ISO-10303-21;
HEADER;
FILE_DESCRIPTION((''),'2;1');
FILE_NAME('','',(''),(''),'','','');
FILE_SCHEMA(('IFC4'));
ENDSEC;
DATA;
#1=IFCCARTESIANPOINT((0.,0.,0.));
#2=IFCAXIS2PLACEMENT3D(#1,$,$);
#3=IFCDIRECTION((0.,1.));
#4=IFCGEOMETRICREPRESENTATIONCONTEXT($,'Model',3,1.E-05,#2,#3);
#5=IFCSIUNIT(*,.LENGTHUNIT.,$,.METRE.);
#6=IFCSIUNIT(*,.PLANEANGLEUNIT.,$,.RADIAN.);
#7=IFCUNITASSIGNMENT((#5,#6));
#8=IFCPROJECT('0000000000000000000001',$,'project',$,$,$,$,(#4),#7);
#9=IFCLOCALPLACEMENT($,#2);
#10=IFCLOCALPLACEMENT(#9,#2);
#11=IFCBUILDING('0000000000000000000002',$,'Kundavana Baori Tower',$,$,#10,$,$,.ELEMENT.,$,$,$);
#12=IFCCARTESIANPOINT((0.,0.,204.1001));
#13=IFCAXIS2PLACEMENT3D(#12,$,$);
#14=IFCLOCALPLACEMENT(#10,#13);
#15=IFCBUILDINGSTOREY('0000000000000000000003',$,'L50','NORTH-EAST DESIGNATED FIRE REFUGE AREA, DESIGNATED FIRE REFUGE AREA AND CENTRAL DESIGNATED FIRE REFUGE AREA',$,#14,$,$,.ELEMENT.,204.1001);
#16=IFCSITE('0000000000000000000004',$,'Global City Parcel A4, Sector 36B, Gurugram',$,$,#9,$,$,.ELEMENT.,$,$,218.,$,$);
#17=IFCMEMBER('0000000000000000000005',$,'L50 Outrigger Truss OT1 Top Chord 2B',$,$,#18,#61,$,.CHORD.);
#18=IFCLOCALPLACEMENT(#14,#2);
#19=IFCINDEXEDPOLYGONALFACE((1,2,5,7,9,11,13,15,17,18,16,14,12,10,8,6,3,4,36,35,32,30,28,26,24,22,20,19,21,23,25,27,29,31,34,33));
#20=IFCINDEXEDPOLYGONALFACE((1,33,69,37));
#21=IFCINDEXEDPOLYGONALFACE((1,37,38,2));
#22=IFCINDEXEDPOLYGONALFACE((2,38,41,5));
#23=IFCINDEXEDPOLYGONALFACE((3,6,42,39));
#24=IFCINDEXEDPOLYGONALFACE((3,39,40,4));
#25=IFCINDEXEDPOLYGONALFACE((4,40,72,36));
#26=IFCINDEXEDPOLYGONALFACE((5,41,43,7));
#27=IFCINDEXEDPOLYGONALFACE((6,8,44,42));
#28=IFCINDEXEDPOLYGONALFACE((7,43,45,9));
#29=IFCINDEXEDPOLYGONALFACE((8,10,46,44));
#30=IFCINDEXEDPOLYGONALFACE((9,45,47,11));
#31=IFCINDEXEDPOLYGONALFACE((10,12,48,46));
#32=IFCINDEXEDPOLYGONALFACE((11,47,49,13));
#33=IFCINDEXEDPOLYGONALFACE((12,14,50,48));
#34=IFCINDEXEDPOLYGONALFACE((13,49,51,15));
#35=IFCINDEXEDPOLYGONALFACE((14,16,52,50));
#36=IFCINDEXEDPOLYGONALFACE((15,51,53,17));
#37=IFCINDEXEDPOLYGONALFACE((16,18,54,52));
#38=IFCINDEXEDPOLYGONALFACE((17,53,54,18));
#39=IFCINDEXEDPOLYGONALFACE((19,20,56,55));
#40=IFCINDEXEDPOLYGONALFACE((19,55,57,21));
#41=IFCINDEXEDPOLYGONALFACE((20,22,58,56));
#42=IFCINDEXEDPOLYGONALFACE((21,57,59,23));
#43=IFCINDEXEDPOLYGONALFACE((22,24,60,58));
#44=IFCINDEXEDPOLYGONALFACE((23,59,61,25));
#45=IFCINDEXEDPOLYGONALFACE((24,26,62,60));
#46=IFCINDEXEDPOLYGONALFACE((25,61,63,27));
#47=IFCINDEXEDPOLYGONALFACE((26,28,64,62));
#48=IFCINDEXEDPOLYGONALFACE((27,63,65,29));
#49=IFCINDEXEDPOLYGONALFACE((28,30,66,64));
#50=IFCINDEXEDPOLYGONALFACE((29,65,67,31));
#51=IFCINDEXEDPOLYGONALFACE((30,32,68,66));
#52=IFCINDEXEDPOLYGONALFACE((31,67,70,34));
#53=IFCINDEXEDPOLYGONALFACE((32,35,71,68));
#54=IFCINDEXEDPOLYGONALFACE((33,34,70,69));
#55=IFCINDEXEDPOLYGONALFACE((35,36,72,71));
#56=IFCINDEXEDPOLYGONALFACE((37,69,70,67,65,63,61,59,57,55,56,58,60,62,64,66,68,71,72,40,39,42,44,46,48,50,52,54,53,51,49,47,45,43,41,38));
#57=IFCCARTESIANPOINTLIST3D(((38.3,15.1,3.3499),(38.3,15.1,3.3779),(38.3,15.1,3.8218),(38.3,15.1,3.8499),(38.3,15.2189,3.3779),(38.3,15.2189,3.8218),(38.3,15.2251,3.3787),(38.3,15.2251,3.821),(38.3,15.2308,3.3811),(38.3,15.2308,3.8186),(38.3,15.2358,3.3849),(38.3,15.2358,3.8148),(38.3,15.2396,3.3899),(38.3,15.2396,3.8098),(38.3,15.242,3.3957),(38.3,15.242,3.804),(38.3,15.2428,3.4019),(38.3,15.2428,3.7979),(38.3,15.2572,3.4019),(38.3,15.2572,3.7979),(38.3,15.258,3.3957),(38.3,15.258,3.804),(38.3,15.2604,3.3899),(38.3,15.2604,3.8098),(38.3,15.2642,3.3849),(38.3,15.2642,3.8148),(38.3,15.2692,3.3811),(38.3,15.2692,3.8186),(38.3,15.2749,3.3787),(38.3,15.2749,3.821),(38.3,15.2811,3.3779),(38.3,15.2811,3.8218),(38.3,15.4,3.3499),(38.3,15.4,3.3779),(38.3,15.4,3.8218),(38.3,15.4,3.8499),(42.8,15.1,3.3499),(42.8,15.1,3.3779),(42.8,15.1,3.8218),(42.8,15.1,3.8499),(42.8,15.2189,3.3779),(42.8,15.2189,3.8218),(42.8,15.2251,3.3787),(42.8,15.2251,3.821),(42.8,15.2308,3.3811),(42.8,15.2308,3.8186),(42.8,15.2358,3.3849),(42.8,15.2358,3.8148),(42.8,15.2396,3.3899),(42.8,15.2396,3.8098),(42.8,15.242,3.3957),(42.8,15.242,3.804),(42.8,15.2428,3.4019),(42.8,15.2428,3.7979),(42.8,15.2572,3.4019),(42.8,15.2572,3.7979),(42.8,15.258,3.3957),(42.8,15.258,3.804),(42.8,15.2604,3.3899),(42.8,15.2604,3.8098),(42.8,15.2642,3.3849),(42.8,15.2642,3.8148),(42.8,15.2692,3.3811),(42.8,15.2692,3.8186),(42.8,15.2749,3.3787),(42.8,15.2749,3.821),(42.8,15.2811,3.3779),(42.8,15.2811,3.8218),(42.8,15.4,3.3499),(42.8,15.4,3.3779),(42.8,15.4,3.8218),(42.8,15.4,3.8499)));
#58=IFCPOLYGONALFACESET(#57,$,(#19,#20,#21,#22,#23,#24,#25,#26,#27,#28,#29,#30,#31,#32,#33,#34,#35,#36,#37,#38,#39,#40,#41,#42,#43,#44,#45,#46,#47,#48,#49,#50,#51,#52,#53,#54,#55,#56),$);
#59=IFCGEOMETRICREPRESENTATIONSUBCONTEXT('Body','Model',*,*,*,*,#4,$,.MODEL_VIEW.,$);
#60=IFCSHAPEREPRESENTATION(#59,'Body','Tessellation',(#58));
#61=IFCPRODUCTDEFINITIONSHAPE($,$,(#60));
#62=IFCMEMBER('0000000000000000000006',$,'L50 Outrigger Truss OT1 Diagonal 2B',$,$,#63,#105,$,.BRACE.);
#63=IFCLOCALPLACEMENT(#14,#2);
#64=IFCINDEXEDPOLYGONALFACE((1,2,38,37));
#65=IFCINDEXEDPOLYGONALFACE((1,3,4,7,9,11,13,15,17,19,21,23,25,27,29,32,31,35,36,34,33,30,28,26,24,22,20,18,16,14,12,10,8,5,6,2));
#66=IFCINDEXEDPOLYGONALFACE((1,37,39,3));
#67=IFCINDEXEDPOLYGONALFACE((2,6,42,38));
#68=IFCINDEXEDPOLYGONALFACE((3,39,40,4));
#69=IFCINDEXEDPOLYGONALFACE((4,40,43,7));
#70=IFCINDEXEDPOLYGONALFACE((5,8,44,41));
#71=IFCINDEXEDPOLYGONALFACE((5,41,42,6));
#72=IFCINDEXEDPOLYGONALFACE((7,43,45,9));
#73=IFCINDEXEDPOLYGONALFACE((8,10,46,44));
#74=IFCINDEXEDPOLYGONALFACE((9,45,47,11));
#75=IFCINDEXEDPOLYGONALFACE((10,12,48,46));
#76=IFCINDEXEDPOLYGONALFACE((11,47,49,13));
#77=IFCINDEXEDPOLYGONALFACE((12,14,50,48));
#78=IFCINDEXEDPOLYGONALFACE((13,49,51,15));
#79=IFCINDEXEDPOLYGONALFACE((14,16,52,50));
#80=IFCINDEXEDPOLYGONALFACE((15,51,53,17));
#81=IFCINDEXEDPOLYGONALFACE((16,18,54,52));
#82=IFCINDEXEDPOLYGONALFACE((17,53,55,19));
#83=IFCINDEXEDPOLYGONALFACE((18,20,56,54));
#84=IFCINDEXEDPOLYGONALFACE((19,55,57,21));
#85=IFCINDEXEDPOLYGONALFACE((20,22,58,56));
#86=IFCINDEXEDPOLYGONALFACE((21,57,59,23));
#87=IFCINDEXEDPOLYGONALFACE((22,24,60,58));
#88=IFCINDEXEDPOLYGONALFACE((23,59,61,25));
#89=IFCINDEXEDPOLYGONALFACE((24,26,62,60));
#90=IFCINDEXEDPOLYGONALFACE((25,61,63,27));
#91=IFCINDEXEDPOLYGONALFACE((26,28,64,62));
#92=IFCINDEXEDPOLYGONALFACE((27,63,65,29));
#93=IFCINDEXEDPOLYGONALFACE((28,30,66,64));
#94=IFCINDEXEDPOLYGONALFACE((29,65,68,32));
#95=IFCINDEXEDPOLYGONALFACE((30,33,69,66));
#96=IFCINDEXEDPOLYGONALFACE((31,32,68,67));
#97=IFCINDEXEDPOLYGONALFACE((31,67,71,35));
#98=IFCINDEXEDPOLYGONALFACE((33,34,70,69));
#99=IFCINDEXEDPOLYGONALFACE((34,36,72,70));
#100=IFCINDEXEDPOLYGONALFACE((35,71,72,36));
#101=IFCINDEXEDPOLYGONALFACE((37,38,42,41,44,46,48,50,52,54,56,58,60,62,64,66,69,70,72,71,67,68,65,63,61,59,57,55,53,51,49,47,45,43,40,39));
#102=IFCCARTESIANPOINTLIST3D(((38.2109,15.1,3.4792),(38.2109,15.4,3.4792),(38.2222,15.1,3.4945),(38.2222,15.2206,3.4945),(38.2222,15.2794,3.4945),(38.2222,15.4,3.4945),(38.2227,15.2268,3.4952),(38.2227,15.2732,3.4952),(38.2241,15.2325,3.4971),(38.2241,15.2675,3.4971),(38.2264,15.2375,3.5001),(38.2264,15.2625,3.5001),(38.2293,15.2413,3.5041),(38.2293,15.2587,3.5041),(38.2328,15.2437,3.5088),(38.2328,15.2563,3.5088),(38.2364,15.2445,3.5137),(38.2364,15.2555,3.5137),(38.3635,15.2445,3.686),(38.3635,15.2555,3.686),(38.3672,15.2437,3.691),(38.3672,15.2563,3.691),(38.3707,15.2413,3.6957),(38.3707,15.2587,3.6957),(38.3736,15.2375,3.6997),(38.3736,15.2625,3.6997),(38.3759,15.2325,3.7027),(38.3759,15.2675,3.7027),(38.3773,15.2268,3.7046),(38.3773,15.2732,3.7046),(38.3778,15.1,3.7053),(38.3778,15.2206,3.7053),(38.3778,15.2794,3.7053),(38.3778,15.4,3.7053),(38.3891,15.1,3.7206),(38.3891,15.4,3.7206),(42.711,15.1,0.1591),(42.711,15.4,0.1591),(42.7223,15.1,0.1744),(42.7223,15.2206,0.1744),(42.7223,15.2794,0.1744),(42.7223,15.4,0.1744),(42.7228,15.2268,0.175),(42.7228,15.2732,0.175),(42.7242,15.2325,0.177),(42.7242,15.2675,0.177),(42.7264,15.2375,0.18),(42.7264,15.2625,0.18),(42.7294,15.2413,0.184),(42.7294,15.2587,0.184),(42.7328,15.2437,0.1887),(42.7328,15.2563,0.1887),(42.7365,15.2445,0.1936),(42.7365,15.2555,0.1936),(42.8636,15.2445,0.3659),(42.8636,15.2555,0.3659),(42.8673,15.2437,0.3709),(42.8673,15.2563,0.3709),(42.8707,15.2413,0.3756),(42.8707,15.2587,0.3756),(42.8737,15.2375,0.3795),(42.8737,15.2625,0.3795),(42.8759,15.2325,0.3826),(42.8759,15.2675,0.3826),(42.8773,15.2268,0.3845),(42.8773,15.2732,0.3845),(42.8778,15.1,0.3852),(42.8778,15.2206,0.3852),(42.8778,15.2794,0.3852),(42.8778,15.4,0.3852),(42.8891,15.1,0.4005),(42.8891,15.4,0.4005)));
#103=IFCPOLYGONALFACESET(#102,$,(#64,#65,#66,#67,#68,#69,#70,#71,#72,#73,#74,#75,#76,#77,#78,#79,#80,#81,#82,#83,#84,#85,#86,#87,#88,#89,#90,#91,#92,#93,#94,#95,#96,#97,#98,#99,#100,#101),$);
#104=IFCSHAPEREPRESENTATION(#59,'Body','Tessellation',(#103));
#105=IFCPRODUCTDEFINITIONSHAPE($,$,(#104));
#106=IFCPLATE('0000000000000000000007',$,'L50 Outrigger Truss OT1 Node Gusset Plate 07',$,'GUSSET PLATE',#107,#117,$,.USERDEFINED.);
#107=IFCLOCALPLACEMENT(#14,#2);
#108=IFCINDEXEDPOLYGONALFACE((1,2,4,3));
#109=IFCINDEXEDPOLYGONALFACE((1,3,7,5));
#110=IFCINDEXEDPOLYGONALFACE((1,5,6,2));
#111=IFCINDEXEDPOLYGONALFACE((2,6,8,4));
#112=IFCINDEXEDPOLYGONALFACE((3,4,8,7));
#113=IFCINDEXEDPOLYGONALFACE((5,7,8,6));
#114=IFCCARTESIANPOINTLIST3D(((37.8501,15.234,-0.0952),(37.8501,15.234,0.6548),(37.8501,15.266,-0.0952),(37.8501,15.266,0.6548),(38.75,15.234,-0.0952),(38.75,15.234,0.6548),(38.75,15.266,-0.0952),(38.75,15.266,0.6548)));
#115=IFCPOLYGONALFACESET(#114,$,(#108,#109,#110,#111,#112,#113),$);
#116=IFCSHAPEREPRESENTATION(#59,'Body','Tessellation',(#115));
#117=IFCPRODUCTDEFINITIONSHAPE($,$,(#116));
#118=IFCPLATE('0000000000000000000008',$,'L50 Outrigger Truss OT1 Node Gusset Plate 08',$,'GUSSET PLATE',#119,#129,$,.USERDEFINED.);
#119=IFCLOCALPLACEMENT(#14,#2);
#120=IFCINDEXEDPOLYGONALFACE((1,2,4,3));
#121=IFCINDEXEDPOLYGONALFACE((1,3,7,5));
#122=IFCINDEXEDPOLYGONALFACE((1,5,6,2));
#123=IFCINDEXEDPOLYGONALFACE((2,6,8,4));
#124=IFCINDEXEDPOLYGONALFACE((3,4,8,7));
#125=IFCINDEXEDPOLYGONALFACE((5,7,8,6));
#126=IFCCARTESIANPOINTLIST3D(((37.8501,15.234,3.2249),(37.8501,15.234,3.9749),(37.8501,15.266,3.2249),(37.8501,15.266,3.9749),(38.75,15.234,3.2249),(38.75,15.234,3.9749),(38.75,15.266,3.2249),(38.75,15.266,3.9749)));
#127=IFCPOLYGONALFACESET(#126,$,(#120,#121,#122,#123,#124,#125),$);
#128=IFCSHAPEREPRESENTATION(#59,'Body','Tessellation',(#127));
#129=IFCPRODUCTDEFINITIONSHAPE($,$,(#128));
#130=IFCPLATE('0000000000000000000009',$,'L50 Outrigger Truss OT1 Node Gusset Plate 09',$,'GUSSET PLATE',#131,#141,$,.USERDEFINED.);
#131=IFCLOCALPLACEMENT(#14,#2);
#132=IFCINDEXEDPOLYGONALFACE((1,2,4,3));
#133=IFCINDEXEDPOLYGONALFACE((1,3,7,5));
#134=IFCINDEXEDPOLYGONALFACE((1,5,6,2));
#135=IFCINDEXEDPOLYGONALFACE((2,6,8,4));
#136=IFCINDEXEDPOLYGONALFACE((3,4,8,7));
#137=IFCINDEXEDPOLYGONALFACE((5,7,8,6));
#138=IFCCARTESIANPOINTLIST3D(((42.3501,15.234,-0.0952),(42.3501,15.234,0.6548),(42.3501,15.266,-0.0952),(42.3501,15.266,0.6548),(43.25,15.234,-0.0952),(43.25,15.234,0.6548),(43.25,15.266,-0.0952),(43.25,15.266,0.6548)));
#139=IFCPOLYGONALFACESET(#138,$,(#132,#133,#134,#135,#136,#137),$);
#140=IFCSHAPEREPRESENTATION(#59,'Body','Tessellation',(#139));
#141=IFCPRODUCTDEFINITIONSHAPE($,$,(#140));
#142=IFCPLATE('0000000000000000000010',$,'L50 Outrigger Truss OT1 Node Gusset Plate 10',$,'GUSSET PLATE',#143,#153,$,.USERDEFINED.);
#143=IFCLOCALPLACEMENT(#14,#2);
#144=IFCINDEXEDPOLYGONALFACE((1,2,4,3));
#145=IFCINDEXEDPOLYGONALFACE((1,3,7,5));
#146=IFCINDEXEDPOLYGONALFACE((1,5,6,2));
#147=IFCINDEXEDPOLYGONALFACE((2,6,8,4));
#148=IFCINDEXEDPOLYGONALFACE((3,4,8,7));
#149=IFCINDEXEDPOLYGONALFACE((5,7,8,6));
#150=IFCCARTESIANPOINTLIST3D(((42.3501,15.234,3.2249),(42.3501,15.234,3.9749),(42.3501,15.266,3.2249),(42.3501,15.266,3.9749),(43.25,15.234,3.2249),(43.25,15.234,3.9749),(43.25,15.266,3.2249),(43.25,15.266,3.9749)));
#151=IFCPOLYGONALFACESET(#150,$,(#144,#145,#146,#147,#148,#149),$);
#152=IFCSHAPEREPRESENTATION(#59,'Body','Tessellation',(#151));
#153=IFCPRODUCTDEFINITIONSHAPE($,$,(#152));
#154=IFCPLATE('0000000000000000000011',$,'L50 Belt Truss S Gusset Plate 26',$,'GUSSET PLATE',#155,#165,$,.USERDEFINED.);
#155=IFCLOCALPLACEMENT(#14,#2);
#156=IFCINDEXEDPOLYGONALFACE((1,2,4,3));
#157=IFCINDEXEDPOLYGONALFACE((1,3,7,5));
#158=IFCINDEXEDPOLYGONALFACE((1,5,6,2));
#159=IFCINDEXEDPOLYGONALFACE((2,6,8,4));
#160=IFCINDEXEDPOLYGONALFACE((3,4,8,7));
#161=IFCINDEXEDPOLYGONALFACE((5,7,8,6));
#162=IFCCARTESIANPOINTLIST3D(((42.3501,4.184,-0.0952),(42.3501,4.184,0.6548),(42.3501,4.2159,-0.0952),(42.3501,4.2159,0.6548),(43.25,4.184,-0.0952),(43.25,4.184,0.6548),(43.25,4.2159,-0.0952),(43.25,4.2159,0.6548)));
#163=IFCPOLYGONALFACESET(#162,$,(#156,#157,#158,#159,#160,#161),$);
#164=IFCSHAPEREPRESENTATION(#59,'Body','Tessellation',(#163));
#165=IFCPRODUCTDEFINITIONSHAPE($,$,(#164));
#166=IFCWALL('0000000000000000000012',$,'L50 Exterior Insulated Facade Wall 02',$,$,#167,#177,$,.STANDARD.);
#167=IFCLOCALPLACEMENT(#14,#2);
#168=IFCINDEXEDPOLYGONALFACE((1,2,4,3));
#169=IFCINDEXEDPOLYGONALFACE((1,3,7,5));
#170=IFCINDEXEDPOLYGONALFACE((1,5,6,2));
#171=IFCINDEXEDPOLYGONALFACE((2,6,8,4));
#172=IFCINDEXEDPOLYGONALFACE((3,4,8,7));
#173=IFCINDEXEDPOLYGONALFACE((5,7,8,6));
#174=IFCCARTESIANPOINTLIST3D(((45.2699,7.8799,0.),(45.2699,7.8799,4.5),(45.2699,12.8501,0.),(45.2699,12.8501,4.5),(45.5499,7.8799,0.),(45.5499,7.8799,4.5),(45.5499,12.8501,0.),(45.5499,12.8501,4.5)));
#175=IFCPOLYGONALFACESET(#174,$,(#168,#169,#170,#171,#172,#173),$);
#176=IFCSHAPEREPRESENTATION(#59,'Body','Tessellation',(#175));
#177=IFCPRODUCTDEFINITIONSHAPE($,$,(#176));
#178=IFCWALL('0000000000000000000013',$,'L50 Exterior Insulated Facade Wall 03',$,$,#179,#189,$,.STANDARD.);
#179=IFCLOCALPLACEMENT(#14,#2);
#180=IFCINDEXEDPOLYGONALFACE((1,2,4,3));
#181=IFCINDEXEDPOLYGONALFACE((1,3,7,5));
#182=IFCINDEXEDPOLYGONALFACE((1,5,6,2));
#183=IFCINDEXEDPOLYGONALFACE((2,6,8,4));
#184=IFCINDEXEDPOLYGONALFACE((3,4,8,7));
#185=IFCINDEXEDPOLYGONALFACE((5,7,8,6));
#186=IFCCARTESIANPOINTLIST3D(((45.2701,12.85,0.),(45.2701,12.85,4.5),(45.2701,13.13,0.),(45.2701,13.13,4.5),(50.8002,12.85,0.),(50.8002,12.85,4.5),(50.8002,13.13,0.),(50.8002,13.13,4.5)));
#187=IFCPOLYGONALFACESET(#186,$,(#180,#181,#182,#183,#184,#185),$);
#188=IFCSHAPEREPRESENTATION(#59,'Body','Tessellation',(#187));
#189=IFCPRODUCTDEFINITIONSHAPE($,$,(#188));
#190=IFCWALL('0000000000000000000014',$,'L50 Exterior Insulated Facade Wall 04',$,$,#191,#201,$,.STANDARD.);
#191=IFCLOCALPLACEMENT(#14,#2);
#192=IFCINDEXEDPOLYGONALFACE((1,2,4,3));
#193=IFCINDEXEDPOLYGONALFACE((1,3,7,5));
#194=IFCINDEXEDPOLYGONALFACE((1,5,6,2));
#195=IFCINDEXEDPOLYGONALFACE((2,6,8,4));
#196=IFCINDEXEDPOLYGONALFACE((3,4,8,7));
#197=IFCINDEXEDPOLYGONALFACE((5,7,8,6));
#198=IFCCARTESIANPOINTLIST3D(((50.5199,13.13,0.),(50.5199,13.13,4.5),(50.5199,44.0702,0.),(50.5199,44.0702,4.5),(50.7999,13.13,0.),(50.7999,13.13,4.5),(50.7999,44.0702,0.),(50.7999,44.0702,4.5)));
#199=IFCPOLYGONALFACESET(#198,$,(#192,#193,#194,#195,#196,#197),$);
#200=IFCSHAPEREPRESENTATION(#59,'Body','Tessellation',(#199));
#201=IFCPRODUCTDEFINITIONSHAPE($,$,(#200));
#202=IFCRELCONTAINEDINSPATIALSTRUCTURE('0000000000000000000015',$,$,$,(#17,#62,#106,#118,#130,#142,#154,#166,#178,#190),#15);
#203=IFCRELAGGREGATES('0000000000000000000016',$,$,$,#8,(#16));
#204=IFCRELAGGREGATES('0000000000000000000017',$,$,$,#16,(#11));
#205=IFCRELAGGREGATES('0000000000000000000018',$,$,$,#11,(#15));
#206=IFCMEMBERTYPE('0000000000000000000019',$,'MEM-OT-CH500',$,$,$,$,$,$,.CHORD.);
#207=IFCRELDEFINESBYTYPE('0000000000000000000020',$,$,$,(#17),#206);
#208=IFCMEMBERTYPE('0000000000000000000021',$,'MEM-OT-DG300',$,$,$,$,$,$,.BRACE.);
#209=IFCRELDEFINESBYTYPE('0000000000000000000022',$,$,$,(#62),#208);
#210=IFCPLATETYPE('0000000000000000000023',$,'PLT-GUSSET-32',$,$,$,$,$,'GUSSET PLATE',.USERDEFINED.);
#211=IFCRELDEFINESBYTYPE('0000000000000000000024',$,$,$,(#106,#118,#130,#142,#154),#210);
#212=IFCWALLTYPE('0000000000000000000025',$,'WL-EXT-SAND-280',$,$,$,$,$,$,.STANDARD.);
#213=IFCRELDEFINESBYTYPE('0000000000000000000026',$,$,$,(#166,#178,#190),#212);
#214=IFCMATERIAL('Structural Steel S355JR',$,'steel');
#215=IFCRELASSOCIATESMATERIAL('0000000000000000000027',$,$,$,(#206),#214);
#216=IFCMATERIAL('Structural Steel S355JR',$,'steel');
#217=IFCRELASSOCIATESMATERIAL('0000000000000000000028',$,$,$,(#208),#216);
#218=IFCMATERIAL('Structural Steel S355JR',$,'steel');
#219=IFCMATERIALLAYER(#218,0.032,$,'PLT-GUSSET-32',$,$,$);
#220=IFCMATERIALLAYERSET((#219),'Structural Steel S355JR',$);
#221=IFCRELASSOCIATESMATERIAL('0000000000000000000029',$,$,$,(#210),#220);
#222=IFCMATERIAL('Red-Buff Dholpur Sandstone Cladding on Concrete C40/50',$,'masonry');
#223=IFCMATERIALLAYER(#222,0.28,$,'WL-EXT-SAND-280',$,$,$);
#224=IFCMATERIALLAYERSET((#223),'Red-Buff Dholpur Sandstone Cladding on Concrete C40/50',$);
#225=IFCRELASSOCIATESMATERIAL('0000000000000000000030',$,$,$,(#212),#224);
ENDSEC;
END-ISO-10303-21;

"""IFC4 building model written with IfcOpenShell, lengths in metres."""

from ifc_helpers import new_model, si_unit, direction, frame, frame_2d, origin, origin_2d, place, context, subcontext, project, spatial, rectangle, i_section, extrude, material, layer, layer_set, material_profile, profile_set, type_object, element, save


model = new_model("IFC4")

# Units and contexts
model_context = context("Model", 3, precision=1e-05, world=origin(), true_north=direction((0.0, 1.0)))
body_context = subcontext(model_context, "Body", "Model", "MODEL_VIEW")
ifc_project = project(units=[si_unit("LENGTHUNIT", "METRE"), si_unit("PLANEANGLEUNIT", "RADIAN")], contexts=[model_context])

# Site, building, storey
site_placement = place(None, origin())
site = spatial("IfcSite", under=ifc_project, at=site_placement, Name="Global City Parcel A4, Sector 36B, Gurugram", CompositionType="ELEMENT", RefElevation=218.0)
building_placement = place(site_placement, origin())
building = spatial("IfcBuilding", under=site, at=building_placement, Name="Kundavana Baori Tower", CompositionType="ELEMENT")
storey_placement = place(building_placement, frame((0.0, 0.0, 204.1001)))
storey = spatial("IfcBuildingStorey", under=building, at=storey_placement, Name="L50", Description="NORTH-EAST DESIGNATED FIRE REFUGE AREA, DESIGNATED FIRE REFUGE AREA AND CENTRAL DESIGNATED FIRE REFUGE AREA", CompositionType="ELEMENT", Elevation=204.1001)

# Members
ifc_material_1 = material(Name="Structural Steel S355JR", Category="steel")
ifc_material_profile_1 = material_profile(ifc_material_1, i_section(OverallWidth=0.3, OverallDepth=0.5, WebThickness=0.0144, FlangeThickness=0.0281, FilletRadius=0.0239, at=origin_2d()), Name="WPB 500x300x155")
ifc_profile_set_1 = profile_set([ifc_material_profile_1], Name="Structural Steel S355JR")
member_type_1 = type_object("IfcMemberType", Name="MEM-OT-CH500", PredefinedType="CHORD", material=ifc_profile_set_1)
member_1_placement = place(storey_placement, frame((38.3, 15.25, 3.5999), z_axis=(1.0, 0.0, 0.0), x_axis=(0.0, 1.0, 0.0)))
element("IfcMember", 1, at=member_1_placement, inside=storey, type_object=member_type_1, Name="L50 Outrigger Truss OT1 Top Chord 2B", PredefinedType="CHORD", context=body_context, shape_type="SweptSolid", body=[
    extrude(i_section(OverallWidth=0.3, OverallDepth=0.5, WebThickness=0.0144, FlangeThickness=0.0281, FilletRadius=0.0239, at=origin_2d()), origin(), (0.0, 0.0, 1.0), 4.5),
])
ifc_material_2 = material(Name="Structural Steel S355JR", Category="steel")
ifc_material_profile_2 = material_profile(ifc_material_2, i_section(OverallWidth=0.3, OverallDepth=0.3, WebThickness=0.011, FlangeThickness=0.019, FilletRadius=0.0239, at=origin_2d()), Name="WPB 300x300x117")
ifc_profile_set_2 = profile_set([ifc_material_profile_2], Name="Structural Steel S355JR")
member_type_2 = type_object("IfcMemberType", Name="MEM-OT-DG300", PredefinedType="BRACE", material=ifc_profile_set_2)
member_2_placement = place(storey_placement, frame((42.8, 15.25, 0.2798), z_axis=(-0.80469, 0.0, 0.593695), x_axis=(0.0, -1.0, 0.0)))
element("IfcMember", 2, at=member_2_placement, inside=storey, type_object=member_type_2, Name="L50 Outrigger Truss OT1 Diagonal 2B", PredefinedType="BRACE", context=body_context, shape_type="SweptSolid", body=[
    extrude(i_section(OverallWidth=0.3, OverallDepth=0.3, WebThickness=0.011, FlangeThickness=0.019, FilletRadius=0.0239, at=origin_2d()), origin(), (0.0, 0.0, 1.0), 5.5923),
])

# Plates
ifc_material_3 = material(Name="Structural Steel S355JR", Category="steel")
ifc_layer_1 = layer(ifc_material_3, 0.032, Name="PLT-GUSSET-32")
ifc_layer_set_1 = layer_set([ifc_layer_1], Name="Structural Steel S355JR")
plate_type = type_object("IfcPlateType", Name="PLT-GUSSET-32", ElementType="GUSSET PLATE", PredefinedType="USERDEFINED", material=ifc_layer_set_1)
for number, where, z_axis, x_axis, name in (
    (3, (38.3, 15.25, -0.0952), (0.0, 0.0, 1.0), (1.0, 0.0, 0.0), "L50 Outrigger Truss OT1 Node Gusset Plate 07"),
    (4, (38.3, 15.25, 3.2249), (0.0, 0.0, 1.0), (1.0, 0.0, 0.0), "L50 Outrigger Truss OT1 Node Gusset Plate 08"),
    (5, (42.8, 15.25, -0.0952), (0.0, 0.0, 1.0), (1.0, 0.0, 0.0), "L50 Outrigger Truss OT1 Node Gusset Plate 09"),
    (6, (42.8, 15.25, 3.2249), (0.0, 0.0, 1.0), (1.0, 0.0, 0.0), "L50 Outrigger Truss OT1 Node Gusset Plate 10"),
    (7, (42.8, 4.2, -0.0952), (0.0, 0.0, 1.0), (1.0, 0.0, 0.0), "L50 Belt Truss S Gusset Plate 26"),
):
    element("IfcPlate", number, at=place(storey_placement, frame(where, z_axis=z_axis, x_axis=x_axis)), inside=storey, type_object=plate_type, Name=name, ObjectType="GUSSET PLATE", PredefinedType="USERDEFINED", context=body_context, shape_type="SweptSolid", body=[
        extrude(rectangle(XDim=0.8999, YDim=0.032, at=origin_2d()), origin(), (0.0, 0.0, 1.0), 0.75),
    ])

# Walls
ifc_material_4 = material(Name="Red-Buff Dholpur Sandstone Cladding on Concrete C40/50", Category="masonry")
ifc_layer_2 = layer(ifc_material_4, 0.28, Name="WL-EXT-SAND-280")
ifc_layer_set_2 = layer_set([ifc_layer_2], Name="Red-Buff Dholpur Sandstone Cladding on Concrete C40/50")
wall_type = type_object("IfcWallType", Name="WL-EXT-SAND-280", PredefinedType="STANDARD", material=ifc_layer_set_2)
wall_1_placement = place(storey_placement, frame((45.4099, 7.8799, 0.0), z_axis=(0.0, 0.0, 1.0), x_axis=(0.0, 1.0, 0.0)))
element("IfcWall", 8, at=wall_1_placement, inside=storey, type_object=wall_type, Name="L50 Exterior Insulated Facade Wall 02", PredefinedType="STANDARD", context=body_context, shape_type="SweptSolid", body=[
    extrude(rectangle(XDim=4.9702, YDim=0.28, at=frame_2d((2.4851, 0.0))), origin(), (0.0, 0.0, 1.0), 4.5),
])
wall_2_placement = place(storey_placement, frame((45.27, 12.99, 0.0), z_axis=(0.0, 0.0, 1.0), x_axis=(1.0, 0.0, 0.0)))
element("IfcWall", 9, at=wall_2_placement, inside=storey, type_object=wall_type, Name="L50 Exterior Insulated Facade Wall 03", PredefinedType="STANDARD", context=body_context, shape_type="SweptSolid", body=[
    extrude(rectangle(XDim=5.53, YDim=0.28, at=frame_2d((2.7651, 0.0))), origin(), (0.0, 0.0, 1.0), 4.5),
])
wall_3_placement = place(storey_placement, frame((50.6599, 13.1299, 0.0), z_axis=(0.0, 0.0, 1.0), x_axis=(0.0, 1.0, 0.0)))
element("IfcWall", 10, at=wall_3_placement, inside=storey, type_object=wall_type, Name="L50 Exterior Insulated Facade Wall 04", PredefinedType="STANDARD", context=body_context, shape_type="SweptSolid", body=[
    extrude(rectangle(XDim=30.9402, YDim=0.28, at=frame_2d((15.4702, 0.0))), origin(), (0.0, 0.0, 1.0), 4.5),
])

save(model, "model.ifc")
